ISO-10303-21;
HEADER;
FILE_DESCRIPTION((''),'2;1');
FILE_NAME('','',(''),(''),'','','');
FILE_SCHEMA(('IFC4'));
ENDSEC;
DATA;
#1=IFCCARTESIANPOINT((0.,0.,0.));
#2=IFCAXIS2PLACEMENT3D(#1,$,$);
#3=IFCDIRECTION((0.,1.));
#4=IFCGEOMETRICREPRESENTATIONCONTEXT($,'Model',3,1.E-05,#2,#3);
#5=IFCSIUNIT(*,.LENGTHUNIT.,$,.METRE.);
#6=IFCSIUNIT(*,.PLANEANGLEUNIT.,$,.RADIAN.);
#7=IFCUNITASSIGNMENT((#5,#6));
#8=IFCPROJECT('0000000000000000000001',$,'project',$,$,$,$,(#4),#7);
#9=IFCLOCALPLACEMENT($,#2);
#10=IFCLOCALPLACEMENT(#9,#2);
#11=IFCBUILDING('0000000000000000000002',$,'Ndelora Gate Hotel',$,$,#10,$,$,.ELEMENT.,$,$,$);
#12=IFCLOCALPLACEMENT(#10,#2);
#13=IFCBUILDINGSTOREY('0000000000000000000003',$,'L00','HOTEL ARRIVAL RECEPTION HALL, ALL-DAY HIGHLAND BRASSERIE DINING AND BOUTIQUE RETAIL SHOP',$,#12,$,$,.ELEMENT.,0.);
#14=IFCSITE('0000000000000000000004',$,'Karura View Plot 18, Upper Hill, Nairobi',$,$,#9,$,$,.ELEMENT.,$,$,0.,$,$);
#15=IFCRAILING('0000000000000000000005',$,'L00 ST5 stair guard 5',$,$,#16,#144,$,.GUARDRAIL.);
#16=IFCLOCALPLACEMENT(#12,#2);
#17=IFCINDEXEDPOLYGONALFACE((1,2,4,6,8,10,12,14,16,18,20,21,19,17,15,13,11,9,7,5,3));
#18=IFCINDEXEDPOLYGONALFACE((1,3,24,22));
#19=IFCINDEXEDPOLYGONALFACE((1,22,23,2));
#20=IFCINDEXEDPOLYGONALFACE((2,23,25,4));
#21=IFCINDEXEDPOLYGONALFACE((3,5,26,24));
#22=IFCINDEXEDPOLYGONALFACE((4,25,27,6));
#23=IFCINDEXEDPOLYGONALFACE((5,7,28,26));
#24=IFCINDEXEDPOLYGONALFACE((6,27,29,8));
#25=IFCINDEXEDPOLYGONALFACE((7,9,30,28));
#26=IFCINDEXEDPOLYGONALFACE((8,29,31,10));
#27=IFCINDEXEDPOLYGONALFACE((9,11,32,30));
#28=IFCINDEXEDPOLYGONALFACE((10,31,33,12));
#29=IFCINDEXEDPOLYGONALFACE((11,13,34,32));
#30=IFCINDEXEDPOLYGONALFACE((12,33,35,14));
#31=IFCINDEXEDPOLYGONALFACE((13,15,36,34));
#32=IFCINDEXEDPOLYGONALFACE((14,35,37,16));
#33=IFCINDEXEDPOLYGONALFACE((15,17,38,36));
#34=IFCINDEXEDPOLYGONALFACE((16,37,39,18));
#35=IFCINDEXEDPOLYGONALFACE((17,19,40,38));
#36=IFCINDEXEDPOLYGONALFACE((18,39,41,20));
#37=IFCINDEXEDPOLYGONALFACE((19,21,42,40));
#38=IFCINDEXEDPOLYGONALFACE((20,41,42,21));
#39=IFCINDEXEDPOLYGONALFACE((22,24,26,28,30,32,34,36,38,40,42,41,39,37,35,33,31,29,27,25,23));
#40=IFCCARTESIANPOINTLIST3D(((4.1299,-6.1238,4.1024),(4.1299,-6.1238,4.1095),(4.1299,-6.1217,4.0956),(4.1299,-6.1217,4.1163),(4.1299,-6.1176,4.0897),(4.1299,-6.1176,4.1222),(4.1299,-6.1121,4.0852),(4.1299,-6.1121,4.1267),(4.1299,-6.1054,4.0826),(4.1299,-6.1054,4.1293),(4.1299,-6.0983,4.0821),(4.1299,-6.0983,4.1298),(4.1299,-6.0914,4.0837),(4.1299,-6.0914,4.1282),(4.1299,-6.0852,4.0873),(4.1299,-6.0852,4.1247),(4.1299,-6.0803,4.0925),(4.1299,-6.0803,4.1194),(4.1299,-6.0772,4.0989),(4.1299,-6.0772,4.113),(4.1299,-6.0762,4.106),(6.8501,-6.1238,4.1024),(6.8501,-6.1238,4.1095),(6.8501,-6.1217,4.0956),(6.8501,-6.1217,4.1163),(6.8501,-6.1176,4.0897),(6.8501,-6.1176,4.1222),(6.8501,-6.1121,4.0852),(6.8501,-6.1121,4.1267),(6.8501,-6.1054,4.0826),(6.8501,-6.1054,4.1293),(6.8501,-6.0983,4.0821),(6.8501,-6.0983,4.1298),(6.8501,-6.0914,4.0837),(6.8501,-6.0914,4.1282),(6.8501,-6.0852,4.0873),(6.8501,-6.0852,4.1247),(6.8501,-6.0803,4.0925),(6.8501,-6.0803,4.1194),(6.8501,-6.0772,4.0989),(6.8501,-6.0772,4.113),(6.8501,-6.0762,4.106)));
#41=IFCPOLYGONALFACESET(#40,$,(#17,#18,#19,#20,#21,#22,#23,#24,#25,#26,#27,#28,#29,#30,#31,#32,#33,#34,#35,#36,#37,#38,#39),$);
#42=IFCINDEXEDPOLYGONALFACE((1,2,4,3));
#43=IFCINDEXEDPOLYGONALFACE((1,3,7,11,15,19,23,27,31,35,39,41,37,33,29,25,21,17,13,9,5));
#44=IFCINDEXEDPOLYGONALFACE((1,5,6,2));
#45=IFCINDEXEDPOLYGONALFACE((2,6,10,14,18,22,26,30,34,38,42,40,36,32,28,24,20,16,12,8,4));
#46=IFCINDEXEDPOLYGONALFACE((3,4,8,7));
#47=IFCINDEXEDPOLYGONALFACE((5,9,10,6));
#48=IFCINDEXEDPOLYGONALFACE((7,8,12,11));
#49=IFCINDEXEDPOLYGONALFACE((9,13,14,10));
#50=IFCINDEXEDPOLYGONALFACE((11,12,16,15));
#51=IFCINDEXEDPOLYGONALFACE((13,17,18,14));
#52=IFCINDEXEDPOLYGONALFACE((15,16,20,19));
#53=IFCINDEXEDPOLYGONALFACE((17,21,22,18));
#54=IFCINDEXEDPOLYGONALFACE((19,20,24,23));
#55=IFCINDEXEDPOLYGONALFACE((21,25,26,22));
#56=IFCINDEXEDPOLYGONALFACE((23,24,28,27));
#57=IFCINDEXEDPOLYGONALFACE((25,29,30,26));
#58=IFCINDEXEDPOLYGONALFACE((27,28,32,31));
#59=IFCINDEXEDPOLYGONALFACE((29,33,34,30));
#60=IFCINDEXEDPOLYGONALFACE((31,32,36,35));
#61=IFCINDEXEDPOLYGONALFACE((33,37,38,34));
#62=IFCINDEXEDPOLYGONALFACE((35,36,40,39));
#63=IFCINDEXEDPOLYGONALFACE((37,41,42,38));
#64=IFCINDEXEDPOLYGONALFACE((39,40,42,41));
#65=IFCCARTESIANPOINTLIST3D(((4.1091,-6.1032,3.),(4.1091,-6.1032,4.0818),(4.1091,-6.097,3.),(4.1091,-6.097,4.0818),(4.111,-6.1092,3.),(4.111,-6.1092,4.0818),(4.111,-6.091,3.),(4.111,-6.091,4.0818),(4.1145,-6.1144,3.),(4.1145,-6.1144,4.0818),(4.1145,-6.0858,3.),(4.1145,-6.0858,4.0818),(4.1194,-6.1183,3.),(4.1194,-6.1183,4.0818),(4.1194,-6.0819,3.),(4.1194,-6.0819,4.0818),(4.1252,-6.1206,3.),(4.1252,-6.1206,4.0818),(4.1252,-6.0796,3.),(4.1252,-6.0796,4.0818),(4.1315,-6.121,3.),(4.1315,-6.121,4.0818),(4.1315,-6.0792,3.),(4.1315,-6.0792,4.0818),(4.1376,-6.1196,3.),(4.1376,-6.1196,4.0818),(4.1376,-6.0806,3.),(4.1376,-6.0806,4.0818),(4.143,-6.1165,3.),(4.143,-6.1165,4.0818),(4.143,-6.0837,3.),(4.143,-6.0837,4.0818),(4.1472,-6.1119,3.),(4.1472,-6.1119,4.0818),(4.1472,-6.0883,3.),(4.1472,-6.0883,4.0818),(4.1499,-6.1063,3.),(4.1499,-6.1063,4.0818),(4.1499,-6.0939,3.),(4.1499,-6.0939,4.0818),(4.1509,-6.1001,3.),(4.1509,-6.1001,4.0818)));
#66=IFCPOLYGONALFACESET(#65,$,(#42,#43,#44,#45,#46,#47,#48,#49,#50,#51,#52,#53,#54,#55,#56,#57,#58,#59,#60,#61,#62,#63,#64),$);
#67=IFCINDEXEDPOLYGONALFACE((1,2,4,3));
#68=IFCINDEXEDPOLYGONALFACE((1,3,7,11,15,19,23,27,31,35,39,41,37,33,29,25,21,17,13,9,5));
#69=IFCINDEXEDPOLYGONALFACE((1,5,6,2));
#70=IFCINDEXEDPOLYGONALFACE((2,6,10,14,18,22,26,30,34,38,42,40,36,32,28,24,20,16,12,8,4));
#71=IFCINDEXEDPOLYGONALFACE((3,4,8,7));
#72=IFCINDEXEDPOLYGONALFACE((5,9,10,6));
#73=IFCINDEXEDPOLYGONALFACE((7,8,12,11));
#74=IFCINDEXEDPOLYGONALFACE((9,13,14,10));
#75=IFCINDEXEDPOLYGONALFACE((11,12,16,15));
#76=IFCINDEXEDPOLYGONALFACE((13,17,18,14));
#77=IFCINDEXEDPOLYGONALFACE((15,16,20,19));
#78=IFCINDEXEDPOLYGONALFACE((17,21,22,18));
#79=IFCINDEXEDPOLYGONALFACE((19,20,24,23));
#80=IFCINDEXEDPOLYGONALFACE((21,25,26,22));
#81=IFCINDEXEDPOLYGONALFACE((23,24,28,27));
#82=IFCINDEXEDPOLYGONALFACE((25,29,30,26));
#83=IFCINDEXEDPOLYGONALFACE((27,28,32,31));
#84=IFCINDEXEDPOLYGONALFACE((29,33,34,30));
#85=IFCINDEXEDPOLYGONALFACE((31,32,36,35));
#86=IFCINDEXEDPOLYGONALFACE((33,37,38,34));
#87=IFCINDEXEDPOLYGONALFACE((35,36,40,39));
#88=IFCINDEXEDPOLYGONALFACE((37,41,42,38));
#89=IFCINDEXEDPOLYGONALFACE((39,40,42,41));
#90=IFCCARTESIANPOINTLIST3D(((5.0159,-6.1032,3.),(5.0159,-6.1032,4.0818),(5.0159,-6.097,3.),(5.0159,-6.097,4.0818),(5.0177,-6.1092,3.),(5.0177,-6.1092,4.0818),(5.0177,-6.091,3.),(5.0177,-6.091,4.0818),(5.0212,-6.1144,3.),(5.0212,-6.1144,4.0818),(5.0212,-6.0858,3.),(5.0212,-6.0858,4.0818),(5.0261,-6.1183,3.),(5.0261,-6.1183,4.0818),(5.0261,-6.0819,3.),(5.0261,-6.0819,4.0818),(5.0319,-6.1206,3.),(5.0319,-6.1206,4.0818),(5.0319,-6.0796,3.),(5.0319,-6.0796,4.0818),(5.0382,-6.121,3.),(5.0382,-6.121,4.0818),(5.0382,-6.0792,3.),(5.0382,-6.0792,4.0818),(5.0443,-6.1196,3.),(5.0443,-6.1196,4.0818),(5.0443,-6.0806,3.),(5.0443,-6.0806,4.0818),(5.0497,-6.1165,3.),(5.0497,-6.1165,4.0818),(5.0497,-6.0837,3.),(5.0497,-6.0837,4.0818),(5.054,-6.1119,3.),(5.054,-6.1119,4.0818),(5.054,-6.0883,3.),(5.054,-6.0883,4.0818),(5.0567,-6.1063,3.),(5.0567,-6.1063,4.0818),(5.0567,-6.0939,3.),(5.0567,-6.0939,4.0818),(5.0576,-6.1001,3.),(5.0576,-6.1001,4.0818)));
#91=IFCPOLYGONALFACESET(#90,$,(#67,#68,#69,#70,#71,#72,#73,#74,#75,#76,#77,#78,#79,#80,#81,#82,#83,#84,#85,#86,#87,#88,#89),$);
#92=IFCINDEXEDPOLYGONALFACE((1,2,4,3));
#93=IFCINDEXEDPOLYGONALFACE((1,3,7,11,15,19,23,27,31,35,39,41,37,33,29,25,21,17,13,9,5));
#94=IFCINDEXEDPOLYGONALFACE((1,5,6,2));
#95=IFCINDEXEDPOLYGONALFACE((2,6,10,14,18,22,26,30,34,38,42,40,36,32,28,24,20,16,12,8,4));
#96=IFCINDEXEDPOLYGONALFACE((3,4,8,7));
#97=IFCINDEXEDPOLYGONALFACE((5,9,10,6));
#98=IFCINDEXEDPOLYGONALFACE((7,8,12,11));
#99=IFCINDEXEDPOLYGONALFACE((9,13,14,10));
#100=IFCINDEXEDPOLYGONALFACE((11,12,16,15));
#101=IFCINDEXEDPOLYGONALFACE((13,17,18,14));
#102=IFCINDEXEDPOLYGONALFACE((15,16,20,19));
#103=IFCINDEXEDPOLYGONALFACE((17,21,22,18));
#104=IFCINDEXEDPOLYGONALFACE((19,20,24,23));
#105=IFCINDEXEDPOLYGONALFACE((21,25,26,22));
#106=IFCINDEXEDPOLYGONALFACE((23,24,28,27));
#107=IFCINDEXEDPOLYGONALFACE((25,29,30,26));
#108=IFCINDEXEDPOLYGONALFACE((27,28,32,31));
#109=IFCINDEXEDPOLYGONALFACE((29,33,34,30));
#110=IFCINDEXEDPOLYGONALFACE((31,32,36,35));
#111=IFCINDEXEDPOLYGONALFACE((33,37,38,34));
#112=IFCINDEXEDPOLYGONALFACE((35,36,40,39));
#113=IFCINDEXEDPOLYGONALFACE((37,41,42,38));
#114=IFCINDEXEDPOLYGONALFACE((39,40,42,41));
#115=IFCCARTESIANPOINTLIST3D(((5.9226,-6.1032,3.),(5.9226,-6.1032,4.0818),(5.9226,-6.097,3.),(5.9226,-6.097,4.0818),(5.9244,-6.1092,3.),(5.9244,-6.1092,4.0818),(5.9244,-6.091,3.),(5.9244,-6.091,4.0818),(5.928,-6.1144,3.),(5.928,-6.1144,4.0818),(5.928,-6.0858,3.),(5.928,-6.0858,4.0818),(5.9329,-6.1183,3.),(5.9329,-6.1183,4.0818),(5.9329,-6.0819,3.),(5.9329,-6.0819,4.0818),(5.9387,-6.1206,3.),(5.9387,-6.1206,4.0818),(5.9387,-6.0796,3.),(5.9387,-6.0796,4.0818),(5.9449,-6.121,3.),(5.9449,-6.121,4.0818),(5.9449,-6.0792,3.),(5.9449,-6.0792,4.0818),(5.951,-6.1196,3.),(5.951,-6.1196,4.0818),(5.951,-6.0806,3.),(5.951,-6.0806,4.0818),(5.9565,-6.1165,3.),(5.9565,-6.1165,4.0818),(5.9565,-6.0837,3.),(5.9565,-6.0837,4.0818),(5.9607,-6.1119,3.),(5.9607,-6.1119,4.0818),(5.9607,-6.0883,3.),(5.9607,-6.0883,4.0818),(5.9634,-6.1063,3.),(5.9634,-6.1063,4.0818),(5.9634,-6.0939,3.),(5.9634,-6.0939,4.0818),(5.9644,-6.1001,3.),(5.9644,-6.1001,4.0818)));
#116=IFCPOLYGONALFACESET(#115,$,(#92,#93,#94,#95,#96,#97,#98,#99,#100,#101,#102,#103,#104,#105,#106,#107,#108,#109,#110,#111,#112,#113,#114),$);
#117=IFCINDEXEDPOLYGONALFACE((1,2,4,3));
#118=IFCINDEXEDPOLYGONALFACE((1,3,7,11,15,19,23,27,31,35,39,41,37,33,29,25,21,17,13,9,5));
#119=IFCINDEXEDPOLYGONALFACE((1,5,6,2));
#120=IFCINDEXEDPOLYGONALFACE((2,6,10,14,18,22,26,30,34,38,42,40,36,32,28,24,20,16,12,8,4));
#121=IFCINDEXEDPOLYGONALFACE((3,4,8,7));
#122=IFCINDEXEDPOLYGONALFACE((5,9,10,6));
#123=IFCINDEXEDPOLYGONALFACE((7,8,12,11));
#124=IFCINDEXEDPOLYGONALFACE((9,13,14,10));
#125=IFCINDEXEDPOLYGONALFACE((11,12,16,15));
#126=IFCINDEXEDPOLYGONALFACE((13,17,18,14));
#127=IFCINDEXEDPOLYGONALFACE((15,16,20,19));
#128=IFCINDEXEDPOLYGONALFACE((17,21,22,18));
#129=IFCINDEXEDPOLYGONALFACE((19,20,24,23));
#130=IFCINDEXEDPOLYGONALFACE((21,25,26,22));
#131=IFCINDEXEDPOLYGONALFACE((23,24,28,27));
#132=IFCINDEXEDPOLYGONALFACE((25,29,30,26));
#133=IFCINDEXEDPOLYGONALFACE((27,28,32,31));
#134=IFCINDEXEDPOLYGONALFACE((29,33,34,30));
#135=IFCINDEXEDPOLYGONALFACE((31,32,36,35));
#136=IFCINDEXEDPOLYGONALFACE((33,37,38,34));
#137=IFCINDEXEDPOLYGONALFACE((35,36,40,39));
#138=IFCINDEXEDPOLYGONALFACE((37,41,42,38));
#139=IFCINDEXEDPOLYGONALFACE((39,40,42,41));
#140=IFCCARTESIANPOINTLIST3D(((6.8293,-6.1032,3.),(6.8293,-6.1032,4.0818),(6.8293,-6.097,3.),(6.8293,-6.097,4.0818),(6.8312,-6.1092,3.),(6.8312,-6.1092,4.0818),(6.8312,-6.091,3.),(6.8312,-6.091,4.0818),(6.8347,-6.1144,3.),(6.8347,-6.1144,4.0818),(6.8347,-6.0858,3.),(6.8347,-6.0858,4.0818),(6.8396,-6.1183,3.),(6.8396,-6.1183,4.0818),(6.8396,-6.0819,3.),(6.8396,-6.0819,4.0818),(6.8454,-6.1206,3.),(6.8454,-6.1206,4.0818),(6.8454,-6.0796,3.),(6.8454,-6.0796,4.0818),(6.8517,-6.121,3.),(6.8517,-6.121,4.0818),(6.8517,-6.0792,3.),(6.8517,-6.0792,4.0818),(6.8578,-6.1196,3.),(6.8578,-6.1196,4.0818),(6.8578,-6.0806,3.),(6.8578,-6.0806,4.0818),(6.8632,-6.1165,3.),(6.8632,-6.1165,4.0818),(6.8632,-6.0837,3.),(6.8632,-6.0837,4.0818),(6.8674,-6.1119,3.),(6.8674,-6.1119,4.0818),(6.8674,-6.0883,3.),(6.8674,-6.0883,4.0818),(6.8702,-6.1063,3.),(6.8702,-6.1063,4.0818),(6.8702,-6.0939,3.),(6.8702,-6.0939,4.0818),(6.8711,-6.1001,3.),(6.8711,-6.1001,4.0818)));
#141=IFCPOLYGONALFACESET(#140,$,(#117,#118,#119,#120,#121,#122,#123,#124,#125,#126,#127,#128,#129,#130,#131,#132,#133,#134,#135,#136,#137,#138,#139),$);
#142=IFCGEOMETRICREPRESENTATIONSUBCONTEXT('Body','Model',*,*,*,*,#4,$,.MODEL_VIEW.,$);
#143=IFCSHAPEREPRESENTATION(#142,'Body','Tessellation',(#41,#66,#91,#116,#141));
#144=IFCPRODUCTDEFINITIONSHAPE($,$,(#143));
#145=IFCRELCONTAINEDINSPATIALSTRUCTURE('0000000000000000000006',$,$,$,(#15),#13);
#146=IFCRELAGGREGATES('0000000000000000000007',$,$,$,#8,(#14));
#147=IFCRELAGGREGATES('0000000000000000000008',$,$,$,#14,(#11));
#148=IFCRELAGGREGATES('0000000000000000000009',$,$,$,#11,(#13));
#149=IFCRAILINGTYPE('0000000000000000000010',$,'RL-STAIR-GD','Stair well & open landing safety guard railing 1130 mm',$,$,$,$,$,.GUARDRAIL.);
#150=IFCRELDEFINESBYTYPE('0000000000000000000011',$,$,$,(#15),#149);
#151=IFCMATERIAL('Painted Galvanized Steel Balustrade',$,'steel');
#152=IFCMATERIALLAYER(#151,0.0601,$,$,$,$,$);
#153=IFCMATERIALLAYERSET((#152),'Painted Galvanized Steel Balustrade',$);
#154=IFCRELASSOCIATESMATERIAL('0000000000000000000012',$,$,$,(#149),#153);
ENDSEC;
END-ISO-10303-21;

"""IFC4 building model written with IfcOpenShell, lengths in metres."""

from ifc_helpers import new_model, si_unit, direction, frame, origin, origin_2d, place, context, subcontext, project, spatial, circle, extrude, material, layer, layer_set, type_object, element, save


model = new_model("IFC4")

# Units and contexts
model_context = context("Model", 3, precision=1e-05, world=origin(), true_north=direction((0.0, 1.0)))
body_context = subcontext(model_context, "Body", "Model", "MODEL_VIEW")
ifc_project = project(units=[si_unit("LENGTHUNIT", "METRE"), si_unit("PLANEANGLEUNIT", "RADIAN")], contexts=[model_context])

# Site, building, storey
site_placement = place(None, origin())
site = spatial("IfcSite", under=ifc_project, at=site_placement, Name="Karura View Plot 18, Upper Hill, Nairobi", CompositionType="ELEMENT", RefElevation=0.0)
building_placement = place(site_placement, origin())
building = spatial("IfcBuilding", under=site, at=building_placement, Name="Ndelora Gate Hotel", CompositionType="ELEMENT")
storey_placement = place(building_placement, origin())
storey = spatial("IfcBuildingStorey", under=building, at=storey_placement, Name="L00", Description="HOTEL ARRIVAL RECEPTION HALL, ALL-DAY HIGHLAND BRASSERIE DINING AND BOUTIQUE RETAIL SHOP", CompositionType="ELEMENT", Elevation=0.0)

# Railing
ifc_material_1 = material(Name="Painted Galvanized Steel Balustrade", Category="steel")
ifc_layer_1 = layer(ifc_material_1, 0.0601)
ifc_layer_set_1 = layer_set([ifc_layer_1], Name="Painted Galvanized Steel Balustrade")
railing_type = type_object("IfcRailingType", Name="RL-STAIR-GD", Description="Stair well & open landing safety guard railing 1130 mm", PredefinedType="GUARDRAIL", material=ifc_layer_set_1)
railing_1_placement = place(storey_placement, frame((4.1299, -6.1001, 3.0)))
element("IfcRailing", 1, at=railing_1_placement, inside=storey, type_object=railing_type, Name="L00 ST5 stair guard 5", PredefinedType="GUARDRAIL", context=body_context, shape_type="SweptSolid", body=[
    extrude(circle(Radius=0.0239, at=origin_2d()), frame((0.0, 0.0, 1.106), z_axis=(1.0, 0.0, 0.0), x_axis=(0.0, 1.0, 0.0)), (0.0, 0.0, 1.0), 2.7202),
    extrude(circle(Radius=0.021, at=origin_2d()), origin(), (0.0, 0.0, 1.0), 1.0818),
    extrude(circle(Radius=0.021, at=origin_2d()), frame((0.9067, 0.0, 0.0)), (0.0, 0.0, 1.0), 1.0818),
    extrude(circle(Radius=0.021, at=origin_2d()), frame((1.8135, 0.0, 0.0)), (0.0, 0.0, 1.0), 1.0818),
    extrude(circle(Radius=0.021, at=origin_2d()), frame((2.7202, 0.0, 0.0)), (0.0, 0.0, 1.0), 1.0818),
])

save(model, "model.ifc")
